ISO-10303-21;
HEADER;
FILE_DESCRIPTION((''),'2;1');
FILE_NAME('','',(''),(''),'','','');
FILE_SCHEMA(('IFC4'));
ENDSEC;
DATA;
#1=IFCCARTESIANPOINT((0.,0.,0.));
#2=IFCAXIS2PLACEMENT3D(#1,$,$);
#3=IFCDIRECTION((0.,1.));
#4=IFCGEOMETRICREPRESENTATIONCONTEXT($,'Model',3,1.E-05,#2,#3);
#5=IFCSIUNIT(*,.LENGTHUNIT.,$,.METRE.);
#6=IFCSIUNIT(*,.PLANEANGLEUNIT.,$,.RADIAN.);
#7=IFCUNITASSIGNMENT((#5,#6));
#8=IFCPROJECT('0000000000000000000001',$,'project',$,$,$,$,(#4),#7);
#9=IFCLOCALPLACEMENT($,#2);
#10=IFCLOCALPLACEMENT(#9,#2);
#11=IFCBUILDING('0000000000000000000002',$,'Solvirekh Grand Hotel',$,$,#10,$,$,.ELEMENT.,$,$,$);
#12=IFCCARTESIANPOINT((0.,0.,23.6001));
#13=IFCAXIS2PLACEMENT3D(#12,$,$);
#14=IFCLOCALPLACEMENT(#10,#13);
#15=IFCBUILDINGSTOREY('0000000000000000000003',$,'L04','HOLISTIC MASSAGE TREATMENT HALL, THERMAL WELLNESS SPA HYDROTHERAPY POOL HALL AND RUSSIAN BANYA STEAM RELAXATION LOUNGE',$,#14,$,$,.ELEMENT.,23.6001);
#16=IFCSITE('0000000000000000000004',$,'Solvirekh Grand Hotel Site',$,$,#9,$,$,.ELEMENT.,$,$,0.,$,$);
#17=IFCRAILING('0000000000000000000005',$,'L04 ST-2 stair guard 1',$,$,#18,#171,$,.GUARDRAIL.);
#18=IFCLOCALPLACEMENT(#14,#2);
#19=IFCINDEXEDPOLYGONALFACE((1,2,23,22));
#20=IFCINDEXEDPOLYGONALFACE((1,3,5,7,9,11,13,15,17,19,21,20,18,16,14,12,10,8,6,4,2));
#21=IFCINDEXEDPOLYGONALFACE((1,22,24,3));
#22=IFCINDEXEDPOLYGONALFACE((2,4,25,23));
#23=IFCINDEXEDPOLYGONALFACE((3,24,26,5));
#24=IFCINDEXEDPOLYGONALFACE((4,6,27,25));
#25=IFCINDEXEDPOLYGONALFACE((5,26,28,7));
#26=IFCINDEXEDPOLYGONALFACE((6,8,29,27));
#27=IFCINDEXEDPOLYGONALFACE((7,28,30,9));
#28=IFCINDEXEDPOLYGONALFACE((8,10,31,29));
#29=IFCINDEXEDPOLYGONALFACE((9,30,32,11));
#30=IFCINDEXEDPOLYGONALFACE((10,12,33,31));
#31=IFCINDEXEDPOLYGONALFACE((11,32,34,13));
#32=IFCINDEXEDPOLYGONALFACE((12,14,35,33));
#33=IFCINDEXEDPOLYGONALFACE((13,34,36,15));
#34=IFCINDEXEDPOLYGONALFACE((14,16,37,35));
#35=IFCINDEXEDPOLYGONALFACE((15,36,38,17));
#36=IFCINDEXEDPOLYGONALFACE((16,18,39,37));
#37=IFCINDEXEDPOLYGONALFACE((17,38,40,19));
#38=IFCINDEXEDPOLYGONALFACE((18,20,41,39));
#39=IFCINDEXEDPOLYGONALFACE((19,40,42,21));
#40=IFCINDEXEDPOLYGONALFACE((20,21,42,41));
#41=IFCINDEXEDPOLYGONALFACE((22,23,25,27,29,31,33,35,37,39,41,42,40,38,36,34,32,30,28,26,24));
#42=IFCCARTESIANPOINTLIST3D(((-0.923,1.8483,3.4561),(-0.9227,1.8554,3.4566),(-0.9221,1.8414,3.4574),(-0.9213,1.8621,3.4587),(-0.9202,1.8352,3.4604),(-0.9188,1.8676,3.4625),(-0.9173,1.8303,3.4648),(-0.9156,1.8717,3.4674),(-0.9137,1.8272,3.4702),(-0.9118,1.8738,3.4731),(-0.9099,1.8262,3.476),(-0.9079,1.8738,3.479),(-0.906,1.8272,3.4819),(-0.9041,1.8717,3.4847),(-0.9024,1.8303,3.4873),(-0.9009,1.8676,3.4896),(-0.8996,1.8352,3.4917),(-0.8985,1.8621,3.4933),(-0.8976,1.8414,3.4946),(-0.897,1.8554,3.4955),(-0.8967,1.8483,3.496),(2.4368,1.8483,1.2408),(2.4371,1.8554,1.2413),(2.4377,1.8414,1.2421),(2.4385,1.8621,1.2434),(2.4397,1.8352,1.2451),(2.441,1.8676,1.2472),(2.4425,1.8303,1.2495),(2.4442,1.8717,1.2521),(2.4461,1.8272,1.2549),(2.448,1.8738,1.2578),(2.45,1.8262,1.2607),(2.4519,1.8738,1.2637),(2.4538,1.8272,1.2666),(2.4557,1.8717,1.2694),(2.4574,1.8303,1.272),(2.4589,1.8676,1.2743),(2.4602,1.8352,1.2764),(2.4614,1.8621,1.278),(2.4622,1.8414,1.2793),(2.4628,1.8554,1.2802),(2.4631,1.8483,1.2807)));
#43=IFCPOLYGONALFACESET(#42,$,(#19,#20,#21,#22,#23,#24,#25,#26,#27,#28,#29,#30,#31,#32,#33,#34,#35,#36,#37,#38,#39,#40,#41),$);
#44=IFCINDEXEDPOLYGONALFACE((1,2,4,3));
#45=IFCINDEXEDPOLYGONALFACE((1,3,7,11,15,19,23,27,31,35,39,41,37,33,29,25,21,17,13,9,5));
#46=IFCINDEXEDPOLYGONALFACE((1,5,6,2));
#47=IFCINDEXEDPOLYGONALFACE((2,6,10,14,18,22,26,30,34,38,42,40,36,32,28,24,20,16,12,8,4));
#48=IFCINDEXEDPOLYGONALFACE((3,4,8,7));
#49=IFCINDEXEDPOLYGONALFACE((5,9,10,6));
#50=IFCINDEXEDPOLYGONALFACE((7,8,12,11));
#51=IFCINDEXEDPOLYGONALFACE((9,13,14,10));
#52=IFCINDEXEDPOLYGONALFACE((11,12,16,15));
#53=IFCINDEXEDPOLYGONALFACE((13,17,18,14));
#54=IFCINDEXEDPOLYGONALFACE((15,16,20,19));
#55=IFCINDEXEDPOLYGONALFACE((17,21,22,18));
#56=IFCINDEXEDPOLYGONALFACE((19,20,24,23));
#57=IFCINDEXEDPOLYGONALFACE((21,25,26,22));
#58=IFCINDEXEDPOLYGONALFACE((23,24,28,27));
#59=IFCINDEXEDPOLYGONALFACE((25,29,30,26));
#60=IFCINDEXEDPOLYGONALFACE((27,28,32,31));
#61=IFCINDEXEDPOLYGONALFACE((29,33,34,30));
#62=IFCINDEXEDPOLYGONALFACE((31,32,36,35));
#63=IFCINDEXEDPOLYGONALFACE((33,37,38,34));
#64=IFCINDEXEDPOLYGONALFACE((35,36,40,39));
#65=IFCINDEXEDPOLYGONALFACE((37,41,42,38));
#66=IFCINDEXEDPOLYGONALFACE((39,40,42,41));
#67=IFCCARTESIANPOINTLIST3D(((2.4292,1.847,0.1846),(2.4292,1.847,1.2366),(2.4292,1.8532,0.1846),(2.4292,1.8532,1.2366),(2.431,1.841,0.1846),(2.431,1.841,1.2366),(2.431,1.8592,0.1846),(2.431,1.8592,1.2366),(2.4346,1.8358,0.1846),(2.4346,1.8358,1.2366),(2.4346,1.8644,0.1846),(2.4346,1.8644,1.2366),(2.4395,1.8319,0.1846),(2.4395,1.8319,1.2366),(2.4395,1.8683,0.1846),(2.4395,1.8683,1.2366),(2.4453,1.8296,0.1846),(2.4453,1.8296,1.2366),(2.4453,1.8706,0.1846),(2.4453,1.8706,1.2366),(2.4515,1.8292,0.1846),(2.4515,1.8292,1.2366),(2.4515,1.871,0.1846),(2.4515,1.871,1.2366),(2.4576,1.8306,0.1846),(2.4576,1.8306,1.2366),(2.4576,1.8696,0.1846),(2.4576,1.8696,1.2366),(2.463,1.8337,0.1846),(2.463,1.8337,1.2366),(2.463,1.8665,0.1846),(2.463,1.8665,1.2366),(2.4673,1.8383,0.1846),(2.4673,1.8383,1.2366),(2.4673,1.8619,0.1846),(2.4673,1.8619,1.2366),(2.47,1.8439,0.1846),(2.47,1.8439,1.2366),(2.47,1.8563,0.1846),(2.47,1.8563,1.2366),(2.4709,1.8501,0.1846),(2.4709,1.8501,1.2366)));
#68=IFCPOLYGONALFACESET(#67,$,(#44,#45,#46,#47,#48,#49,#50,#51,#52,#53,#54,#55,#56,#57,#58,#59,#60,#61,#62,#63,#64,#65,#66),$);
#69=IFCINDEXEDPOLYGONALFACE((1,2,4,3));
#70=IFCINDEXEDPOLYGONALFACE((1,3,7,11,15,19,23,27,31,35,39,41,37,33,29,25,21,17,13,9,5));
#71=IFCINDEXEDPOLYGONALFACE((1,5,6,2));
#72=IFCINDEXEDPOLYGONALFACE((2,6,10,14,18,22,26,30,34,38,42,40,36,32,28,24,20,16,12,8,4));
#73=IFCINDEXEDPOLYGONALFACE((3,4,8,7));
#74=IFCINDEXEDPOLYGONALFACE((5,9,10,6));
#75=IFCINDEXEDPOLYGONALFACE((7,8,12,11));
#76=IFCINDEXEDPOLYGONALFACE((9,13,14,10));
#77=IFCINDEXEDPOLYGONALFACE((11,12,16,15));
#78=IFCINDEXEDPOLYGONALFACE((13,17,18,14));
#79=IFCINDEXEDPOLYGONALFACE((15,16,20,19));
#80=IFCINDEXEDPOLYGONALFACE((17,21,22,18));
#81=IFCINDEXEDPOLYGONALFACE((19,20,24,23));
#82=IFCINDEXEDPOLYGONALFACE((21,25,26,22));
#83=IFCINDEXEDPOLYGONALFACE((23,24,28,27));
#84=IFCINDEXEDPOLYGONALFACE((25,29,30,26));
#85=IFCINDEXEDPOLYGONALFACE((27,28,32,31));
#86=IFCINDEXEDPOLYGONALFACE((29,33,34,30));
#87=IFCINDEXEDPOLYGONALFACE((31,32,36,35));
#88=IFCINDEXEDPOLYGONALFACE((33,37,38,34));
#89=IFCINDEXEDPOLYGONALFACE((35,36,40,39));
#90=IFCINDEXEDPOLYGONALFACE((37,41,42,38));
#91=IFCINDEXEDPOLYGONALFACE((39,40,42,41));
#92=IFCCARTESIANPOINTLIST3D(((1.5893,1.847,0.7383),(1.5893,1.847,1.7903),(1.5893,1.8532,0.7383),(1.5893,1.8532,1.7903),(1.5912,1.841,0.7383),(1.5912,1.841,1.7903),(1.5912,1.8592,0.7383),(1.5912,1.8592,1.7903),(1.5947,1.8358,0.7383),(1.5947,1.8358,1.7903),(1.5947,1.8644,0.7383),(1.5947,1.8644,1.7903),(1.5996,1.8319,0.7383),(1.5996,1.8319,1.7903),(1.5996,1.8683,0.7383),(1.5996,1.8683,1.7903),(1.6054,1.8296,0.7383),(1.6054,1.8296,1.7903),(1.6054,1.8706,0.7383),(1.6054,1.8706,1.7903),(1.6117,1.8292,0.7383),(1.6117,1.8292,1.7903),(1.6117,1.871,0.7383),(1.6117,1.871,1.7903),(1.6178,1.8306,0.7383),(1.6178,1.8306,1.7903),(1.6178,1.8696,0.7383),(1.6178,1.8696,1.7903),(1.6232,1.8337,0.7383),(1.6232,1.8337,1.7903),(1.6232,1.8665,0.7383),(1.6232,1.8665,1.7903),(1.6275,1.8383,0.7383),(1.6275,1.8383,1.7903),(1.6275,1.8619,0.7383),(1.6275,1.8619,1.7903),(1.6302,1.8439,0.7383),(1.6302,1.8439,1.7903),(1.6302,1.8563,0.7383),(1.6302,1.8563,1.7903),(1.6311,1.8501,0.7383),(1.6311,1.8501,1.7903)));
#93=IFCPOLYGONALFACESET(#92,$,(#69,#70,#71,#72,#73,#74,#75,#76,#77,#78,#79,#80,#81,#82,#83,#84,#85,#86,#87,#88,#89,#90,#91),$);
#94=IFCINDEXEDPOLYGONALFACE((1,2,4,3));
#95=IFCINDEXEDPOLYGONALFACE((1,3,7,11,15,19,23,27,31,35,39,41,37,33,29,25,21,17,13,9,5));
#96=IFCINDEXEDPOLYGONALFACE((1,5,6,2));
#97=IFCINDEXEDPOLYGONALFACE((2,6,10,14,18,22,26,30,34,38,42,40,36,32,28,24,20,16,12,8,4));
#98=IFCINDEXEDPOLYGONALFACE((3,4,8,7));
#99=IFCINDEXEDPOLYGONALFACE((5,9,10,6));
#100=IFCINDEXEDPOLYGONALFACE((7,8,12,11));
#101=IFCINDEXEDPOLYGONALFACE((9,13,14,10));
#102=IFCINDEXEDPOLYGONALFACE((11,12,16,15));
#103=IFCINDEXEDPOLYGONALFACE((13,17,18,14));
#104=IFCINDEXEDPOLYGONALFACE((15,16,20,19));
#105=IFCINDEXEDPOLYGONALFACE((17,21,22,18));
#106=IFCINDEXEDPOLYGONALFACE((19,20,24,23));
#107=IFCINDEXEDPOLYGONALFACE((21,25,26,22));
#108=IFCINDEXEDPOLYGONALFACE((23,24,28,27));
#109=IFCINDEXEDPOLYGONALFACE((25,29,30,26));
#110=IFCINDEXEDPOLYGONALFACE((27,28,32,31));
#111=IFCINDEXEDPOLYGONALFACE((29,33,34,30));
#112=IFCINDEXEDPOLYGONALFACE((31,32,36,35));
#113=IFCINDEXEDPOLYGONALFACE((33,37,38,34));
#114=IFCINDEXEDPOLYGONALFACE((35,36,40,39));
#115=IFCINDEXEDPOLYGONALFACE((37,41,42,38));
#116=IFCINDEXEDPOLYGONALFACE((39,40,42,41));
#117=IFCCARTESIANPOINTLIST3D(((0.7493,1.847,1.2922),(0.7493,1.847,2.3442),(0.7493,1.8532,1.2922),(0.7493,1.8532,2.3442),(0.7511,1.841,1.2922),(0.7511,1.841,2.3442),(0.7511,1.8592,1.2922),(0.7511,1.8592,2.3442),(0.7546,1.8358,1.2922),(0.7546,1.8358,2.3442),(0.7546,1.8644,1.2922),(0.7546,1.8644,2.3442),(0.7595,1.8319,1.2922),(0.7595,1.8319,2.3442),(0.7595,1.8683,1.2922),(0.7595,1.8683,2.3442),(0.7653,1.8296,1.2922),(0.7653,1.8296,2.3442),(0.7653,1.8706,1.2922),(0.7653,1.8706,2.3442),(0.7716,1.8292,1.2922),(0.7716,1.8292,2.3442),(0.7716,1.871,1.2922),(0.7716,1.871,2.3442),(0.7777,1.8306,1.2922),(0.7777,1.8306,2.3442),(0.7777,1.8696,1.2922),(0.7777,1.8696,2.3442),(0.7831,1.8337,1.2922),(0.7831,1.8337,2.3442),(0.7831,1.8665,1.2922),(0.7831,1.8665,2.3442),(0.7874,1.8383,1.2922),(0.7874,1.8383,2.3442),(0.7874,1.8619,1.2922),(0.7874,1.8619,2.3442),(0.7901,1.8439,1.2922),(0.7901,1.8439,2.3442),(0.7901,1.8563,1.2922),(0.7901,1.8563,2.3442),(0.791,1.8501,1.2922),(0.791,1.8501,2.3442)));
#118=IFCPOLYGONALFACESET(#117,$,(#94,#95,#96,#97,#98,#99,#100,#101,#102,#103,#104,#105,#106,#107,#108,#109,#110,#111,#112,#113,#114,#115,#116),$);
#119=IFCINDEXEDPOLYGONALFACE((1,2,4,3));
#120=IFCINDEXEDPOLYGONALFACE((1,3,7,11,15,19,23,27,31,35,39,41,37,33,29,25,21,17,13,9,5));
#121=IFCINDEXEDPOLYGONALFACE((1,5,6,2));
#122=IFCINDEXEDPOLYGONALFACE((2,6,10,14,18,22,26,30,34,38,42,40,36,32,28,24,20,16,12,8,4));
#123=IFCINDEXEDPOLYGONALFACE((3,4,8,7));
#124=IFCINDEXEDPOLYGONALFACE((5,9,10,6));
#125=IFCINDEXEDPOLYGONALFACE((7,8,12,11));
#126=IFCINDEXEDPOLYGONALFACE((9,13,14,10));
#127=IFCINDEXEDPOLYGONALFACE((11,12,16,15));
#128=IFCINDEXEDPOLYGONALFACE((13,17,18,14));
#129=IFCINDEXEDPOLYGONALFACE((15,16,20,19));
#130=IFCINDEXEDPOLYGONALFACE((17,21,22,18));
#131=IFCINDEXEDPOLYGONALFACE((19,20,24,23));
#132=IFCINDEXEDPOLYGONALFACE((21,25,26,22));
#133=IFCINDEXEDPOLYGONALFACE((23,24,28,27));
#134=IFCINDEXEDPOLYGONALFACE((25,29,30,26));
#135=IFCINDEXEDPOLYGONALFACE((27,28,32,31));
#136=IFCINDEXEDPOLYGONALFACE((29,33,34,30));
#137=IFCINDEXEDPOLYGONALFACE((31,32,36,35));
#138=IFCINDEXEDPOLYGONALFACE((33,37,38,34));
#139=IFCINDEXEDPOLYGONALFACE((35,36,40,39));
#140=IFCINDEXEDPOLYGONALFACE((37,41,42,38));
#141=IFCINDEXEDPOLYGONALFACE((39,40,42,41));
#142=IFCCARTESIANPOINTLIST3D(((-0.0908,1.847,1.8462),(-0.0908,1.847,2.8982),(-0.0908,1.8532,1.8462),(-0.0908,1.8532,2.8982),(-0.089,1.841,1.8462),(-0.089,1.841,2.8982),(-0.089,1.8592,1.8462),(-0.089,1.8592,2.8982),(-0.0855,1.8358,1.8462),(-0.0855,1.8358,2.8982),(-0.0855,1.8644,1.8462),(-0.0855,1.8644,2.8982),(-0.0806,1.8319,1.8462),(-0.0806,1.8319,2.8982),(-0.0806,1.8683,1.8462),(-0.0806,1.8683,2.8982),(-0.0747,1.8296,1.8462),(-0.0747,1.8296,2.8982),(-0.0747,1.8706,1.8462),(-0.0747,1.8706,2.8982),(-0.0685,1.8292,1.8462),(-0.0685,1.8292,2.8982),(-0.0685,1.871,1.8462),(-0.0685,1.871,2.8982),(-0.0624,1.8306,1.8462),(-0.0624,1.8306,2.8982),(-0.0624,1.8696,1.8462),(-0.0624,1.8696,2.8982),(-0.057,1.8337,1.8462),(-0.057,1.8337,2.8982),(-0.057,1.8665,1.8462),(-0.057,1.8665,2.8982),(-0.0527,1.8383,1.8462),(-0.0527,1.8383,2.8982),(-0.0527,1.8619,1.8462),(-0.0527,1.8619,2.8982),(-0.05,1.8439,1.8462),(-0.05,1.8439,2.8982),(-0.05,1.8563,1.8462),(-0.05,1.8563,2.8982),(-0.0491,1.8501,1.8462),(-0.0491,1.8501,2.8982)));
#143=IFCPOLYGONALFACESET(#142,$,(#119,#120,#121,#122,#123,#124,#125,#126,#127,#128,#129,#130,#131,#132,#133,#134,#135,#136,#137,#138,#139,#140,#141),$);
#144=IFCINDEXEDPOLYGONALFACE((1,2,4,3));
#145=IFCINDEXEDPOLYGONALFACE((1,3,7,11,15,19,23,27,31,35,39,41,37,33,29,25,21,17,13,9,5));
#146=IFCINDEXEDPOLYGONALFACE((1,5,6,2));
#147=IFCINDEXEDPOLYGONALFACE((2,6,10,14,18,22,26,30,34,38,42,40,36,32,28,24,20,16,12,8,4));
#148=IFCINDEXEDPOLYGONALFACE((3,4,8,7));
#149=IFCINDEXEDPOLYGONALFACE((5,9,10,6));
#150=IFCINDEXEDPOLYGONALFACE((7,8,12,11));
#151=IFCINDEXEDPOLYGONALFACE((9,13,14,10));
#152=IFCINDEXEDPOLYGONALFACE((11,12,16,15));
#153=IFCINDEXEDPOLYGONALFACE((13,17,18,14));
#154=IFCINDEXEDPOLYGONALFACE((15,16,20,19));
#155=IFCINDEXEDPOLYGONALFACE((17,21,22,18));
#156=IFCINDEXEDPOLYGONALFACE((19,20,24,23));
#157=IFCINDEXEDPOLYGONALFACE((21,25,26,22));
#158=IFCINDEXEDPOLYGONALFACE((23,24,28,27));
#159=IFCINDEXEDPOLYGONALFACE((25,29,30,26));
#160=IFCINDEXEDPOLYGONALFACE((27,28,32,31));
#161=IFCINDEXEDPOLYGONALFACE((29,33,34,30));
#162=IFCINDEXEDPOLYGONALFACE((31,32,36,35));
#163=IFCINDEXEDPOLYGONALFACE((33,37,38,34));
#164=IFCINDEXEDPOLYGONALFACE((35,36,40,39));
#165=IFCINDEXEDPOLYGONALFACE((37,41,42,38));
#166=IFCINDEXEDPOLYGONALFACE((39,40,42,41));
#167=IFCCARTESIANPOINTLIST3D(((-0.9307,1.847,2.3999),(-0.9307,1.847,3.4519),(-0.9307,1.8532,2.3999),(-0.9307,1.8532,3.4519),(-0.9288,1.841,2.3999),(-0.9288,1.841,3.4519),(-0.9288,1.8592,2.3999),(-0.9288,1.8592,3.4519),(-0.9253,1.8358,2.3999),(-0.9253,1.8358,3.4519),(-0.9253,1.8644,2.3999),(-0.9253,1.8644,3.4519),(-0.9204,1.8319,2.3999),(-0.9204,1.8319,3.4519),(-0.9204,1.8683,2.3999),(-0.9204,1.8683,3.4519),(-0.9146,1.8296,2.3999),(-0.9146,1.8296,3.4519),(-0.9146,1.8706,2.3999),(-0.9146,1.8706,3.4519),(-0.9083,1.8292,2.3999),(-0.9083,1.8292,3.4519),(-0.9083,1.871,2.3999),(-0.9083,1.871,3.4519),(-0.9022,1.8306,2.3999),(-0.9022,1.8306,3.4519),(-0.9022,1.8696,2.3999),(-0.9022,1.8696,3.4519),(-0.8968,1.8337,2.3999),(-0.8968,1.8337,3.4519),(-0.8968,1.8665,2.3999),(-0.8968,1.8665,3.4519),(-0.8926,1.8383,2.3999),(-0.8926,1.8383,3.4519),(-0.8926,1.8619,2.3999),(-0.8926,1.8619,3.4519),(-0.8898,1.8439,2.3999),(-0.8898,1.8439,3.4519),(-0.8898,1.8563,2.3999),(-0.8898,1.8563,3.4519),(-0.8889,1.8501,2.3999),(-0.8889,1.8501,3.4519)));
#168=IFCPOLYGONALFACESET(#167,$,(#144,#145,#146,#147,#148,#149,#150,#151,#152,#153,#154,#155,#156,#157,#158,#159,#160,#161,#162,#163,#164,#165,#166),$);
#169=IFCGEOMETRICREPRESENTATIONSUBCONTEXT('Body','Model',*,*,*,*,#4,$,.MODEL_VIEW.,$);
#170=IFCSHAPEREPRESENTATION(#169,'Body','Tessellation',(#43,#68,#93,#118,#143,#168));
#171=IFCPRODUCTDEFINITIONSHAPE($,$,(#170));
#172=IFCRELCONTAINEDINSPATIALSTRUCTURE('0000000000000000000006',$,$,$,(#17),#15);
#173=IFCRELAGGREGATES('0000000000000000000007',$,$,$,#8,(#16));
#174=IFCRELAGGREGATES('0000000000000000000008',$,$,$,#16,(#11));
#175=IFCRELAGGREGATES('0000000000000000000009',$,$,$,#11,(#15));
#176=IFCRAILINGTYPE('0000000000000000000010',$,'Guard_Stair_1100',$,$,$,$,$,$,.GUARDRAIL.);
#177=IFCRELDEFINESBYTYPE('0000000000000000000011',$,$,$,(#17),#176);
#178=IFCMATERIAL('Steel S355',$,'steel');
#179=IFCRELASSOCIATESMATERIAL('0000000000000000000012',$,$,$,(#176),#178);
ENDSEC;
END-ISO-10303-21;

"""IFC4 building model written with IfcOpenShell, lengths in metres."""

from ifc_helpers import new_model, si_unit, direction, frame, origin, origin_2d, place, context, subcontext, project, spatial, circle, extrude, material, type_object, element, save


model = new_model("IFC4")

# Units and contexts
model_context = context("Model", 3, precision=1e-05, world=origin(), true_north=direction((0.0, 1.0)))
body_context = subcontext(model_context, "Body", "Model", "MODEL_VIEW")
ifc_project = project(units=[si_unit("LENGTHUNIT", "METRE"), si_unit("PLANEANGLEUNIT", "RADIAN")], contexts=[model_context])

# Site, building, storey
site_placement = place(None, origin())
site = spatial("IfcSite", under=ifc_project, at=site_placement, Name="Solvirekh Grand Hotel Site", CompositionType="ELEMENT", RefElevation=0.0)
building_placement = place(site_placement, origin())
building = spatial("IfcBuilding", under=site, at=building_placement, Name="Solvirekh Grand Hotel", CompositionType="ELEMENT")
storey_placement = place(building_placement, frame((0.0, 0.0, 23.6001)))
storey = spatial("IfcBuildingStorey", under=building, at=storey_placement, Name="L04", Description="HOLISTIC MASSAGE TREATMENT HALL, THERMAL WELLNESS SPA HYDROTHERAPY POOL HALL AND RUSSIAN BANYA STEAM RELAXATION LOUNGE", CompositionType="ELEMENT", Elevation=23.6001)

# Railing
ifc_material_1 = material(Name="Steel S355", Category="steel")
railing_type_1 = type_object("IfcRailingType", Name="Guard_Stair_1100", PredefinedType="GUARDRAIL", material=ifc_material_1)
railing_1_placement = place(storey_placement, frame((2.45, 1.8501, 0.1846)))
element("IfcRailing", 1, at=railing_1_placement, inside=storey, type_object=railing_type_1, Name="L04 ST-2 stair guard 1", PredefinedType="GUARDRAIL", context=body_context, shape_type="SweptSolid", body=[
    extrude(circle(Radius=0.0239, at=origin_2d()), frame((0.0, 0.0, 1.0762), z_axis=(-0.834858, 0.0, 0.550465), x_axis=(0.0, -1.0, 0.0)), (0.0, 0.0, 1.0), 4.0244),
    extrude(circle(Radius=0.021, at=origin_2d()), origin(), (0.0, 0.0, 1.0), 1.052),
    extrude(circle(Radius=0.021, at=origin_2d()), frame((-0.8398, 0.0, 0.5537)), (0.0, 0.0, 1.0), 1.052),
    extrude(circle(Radius=0.021, at=origin_2d()), frame((-1.6799, 0.0, 1.1077)), (0.0, 0.0, 1.0), 1.052),
    extrude(circle(Radius=0.021, at=origin_2d()), frame((-2.52, 0.0, 1.6616)), (0.0, 0.0, 1.0), 1.052),
    extrude(circle(Radius=0.021, at=origin_2d()), frame((-3.3599, 0.0, 2.2153)), (0.0, 0.0, 1.0), 1.052),
])

save(model, "model.ifc")
